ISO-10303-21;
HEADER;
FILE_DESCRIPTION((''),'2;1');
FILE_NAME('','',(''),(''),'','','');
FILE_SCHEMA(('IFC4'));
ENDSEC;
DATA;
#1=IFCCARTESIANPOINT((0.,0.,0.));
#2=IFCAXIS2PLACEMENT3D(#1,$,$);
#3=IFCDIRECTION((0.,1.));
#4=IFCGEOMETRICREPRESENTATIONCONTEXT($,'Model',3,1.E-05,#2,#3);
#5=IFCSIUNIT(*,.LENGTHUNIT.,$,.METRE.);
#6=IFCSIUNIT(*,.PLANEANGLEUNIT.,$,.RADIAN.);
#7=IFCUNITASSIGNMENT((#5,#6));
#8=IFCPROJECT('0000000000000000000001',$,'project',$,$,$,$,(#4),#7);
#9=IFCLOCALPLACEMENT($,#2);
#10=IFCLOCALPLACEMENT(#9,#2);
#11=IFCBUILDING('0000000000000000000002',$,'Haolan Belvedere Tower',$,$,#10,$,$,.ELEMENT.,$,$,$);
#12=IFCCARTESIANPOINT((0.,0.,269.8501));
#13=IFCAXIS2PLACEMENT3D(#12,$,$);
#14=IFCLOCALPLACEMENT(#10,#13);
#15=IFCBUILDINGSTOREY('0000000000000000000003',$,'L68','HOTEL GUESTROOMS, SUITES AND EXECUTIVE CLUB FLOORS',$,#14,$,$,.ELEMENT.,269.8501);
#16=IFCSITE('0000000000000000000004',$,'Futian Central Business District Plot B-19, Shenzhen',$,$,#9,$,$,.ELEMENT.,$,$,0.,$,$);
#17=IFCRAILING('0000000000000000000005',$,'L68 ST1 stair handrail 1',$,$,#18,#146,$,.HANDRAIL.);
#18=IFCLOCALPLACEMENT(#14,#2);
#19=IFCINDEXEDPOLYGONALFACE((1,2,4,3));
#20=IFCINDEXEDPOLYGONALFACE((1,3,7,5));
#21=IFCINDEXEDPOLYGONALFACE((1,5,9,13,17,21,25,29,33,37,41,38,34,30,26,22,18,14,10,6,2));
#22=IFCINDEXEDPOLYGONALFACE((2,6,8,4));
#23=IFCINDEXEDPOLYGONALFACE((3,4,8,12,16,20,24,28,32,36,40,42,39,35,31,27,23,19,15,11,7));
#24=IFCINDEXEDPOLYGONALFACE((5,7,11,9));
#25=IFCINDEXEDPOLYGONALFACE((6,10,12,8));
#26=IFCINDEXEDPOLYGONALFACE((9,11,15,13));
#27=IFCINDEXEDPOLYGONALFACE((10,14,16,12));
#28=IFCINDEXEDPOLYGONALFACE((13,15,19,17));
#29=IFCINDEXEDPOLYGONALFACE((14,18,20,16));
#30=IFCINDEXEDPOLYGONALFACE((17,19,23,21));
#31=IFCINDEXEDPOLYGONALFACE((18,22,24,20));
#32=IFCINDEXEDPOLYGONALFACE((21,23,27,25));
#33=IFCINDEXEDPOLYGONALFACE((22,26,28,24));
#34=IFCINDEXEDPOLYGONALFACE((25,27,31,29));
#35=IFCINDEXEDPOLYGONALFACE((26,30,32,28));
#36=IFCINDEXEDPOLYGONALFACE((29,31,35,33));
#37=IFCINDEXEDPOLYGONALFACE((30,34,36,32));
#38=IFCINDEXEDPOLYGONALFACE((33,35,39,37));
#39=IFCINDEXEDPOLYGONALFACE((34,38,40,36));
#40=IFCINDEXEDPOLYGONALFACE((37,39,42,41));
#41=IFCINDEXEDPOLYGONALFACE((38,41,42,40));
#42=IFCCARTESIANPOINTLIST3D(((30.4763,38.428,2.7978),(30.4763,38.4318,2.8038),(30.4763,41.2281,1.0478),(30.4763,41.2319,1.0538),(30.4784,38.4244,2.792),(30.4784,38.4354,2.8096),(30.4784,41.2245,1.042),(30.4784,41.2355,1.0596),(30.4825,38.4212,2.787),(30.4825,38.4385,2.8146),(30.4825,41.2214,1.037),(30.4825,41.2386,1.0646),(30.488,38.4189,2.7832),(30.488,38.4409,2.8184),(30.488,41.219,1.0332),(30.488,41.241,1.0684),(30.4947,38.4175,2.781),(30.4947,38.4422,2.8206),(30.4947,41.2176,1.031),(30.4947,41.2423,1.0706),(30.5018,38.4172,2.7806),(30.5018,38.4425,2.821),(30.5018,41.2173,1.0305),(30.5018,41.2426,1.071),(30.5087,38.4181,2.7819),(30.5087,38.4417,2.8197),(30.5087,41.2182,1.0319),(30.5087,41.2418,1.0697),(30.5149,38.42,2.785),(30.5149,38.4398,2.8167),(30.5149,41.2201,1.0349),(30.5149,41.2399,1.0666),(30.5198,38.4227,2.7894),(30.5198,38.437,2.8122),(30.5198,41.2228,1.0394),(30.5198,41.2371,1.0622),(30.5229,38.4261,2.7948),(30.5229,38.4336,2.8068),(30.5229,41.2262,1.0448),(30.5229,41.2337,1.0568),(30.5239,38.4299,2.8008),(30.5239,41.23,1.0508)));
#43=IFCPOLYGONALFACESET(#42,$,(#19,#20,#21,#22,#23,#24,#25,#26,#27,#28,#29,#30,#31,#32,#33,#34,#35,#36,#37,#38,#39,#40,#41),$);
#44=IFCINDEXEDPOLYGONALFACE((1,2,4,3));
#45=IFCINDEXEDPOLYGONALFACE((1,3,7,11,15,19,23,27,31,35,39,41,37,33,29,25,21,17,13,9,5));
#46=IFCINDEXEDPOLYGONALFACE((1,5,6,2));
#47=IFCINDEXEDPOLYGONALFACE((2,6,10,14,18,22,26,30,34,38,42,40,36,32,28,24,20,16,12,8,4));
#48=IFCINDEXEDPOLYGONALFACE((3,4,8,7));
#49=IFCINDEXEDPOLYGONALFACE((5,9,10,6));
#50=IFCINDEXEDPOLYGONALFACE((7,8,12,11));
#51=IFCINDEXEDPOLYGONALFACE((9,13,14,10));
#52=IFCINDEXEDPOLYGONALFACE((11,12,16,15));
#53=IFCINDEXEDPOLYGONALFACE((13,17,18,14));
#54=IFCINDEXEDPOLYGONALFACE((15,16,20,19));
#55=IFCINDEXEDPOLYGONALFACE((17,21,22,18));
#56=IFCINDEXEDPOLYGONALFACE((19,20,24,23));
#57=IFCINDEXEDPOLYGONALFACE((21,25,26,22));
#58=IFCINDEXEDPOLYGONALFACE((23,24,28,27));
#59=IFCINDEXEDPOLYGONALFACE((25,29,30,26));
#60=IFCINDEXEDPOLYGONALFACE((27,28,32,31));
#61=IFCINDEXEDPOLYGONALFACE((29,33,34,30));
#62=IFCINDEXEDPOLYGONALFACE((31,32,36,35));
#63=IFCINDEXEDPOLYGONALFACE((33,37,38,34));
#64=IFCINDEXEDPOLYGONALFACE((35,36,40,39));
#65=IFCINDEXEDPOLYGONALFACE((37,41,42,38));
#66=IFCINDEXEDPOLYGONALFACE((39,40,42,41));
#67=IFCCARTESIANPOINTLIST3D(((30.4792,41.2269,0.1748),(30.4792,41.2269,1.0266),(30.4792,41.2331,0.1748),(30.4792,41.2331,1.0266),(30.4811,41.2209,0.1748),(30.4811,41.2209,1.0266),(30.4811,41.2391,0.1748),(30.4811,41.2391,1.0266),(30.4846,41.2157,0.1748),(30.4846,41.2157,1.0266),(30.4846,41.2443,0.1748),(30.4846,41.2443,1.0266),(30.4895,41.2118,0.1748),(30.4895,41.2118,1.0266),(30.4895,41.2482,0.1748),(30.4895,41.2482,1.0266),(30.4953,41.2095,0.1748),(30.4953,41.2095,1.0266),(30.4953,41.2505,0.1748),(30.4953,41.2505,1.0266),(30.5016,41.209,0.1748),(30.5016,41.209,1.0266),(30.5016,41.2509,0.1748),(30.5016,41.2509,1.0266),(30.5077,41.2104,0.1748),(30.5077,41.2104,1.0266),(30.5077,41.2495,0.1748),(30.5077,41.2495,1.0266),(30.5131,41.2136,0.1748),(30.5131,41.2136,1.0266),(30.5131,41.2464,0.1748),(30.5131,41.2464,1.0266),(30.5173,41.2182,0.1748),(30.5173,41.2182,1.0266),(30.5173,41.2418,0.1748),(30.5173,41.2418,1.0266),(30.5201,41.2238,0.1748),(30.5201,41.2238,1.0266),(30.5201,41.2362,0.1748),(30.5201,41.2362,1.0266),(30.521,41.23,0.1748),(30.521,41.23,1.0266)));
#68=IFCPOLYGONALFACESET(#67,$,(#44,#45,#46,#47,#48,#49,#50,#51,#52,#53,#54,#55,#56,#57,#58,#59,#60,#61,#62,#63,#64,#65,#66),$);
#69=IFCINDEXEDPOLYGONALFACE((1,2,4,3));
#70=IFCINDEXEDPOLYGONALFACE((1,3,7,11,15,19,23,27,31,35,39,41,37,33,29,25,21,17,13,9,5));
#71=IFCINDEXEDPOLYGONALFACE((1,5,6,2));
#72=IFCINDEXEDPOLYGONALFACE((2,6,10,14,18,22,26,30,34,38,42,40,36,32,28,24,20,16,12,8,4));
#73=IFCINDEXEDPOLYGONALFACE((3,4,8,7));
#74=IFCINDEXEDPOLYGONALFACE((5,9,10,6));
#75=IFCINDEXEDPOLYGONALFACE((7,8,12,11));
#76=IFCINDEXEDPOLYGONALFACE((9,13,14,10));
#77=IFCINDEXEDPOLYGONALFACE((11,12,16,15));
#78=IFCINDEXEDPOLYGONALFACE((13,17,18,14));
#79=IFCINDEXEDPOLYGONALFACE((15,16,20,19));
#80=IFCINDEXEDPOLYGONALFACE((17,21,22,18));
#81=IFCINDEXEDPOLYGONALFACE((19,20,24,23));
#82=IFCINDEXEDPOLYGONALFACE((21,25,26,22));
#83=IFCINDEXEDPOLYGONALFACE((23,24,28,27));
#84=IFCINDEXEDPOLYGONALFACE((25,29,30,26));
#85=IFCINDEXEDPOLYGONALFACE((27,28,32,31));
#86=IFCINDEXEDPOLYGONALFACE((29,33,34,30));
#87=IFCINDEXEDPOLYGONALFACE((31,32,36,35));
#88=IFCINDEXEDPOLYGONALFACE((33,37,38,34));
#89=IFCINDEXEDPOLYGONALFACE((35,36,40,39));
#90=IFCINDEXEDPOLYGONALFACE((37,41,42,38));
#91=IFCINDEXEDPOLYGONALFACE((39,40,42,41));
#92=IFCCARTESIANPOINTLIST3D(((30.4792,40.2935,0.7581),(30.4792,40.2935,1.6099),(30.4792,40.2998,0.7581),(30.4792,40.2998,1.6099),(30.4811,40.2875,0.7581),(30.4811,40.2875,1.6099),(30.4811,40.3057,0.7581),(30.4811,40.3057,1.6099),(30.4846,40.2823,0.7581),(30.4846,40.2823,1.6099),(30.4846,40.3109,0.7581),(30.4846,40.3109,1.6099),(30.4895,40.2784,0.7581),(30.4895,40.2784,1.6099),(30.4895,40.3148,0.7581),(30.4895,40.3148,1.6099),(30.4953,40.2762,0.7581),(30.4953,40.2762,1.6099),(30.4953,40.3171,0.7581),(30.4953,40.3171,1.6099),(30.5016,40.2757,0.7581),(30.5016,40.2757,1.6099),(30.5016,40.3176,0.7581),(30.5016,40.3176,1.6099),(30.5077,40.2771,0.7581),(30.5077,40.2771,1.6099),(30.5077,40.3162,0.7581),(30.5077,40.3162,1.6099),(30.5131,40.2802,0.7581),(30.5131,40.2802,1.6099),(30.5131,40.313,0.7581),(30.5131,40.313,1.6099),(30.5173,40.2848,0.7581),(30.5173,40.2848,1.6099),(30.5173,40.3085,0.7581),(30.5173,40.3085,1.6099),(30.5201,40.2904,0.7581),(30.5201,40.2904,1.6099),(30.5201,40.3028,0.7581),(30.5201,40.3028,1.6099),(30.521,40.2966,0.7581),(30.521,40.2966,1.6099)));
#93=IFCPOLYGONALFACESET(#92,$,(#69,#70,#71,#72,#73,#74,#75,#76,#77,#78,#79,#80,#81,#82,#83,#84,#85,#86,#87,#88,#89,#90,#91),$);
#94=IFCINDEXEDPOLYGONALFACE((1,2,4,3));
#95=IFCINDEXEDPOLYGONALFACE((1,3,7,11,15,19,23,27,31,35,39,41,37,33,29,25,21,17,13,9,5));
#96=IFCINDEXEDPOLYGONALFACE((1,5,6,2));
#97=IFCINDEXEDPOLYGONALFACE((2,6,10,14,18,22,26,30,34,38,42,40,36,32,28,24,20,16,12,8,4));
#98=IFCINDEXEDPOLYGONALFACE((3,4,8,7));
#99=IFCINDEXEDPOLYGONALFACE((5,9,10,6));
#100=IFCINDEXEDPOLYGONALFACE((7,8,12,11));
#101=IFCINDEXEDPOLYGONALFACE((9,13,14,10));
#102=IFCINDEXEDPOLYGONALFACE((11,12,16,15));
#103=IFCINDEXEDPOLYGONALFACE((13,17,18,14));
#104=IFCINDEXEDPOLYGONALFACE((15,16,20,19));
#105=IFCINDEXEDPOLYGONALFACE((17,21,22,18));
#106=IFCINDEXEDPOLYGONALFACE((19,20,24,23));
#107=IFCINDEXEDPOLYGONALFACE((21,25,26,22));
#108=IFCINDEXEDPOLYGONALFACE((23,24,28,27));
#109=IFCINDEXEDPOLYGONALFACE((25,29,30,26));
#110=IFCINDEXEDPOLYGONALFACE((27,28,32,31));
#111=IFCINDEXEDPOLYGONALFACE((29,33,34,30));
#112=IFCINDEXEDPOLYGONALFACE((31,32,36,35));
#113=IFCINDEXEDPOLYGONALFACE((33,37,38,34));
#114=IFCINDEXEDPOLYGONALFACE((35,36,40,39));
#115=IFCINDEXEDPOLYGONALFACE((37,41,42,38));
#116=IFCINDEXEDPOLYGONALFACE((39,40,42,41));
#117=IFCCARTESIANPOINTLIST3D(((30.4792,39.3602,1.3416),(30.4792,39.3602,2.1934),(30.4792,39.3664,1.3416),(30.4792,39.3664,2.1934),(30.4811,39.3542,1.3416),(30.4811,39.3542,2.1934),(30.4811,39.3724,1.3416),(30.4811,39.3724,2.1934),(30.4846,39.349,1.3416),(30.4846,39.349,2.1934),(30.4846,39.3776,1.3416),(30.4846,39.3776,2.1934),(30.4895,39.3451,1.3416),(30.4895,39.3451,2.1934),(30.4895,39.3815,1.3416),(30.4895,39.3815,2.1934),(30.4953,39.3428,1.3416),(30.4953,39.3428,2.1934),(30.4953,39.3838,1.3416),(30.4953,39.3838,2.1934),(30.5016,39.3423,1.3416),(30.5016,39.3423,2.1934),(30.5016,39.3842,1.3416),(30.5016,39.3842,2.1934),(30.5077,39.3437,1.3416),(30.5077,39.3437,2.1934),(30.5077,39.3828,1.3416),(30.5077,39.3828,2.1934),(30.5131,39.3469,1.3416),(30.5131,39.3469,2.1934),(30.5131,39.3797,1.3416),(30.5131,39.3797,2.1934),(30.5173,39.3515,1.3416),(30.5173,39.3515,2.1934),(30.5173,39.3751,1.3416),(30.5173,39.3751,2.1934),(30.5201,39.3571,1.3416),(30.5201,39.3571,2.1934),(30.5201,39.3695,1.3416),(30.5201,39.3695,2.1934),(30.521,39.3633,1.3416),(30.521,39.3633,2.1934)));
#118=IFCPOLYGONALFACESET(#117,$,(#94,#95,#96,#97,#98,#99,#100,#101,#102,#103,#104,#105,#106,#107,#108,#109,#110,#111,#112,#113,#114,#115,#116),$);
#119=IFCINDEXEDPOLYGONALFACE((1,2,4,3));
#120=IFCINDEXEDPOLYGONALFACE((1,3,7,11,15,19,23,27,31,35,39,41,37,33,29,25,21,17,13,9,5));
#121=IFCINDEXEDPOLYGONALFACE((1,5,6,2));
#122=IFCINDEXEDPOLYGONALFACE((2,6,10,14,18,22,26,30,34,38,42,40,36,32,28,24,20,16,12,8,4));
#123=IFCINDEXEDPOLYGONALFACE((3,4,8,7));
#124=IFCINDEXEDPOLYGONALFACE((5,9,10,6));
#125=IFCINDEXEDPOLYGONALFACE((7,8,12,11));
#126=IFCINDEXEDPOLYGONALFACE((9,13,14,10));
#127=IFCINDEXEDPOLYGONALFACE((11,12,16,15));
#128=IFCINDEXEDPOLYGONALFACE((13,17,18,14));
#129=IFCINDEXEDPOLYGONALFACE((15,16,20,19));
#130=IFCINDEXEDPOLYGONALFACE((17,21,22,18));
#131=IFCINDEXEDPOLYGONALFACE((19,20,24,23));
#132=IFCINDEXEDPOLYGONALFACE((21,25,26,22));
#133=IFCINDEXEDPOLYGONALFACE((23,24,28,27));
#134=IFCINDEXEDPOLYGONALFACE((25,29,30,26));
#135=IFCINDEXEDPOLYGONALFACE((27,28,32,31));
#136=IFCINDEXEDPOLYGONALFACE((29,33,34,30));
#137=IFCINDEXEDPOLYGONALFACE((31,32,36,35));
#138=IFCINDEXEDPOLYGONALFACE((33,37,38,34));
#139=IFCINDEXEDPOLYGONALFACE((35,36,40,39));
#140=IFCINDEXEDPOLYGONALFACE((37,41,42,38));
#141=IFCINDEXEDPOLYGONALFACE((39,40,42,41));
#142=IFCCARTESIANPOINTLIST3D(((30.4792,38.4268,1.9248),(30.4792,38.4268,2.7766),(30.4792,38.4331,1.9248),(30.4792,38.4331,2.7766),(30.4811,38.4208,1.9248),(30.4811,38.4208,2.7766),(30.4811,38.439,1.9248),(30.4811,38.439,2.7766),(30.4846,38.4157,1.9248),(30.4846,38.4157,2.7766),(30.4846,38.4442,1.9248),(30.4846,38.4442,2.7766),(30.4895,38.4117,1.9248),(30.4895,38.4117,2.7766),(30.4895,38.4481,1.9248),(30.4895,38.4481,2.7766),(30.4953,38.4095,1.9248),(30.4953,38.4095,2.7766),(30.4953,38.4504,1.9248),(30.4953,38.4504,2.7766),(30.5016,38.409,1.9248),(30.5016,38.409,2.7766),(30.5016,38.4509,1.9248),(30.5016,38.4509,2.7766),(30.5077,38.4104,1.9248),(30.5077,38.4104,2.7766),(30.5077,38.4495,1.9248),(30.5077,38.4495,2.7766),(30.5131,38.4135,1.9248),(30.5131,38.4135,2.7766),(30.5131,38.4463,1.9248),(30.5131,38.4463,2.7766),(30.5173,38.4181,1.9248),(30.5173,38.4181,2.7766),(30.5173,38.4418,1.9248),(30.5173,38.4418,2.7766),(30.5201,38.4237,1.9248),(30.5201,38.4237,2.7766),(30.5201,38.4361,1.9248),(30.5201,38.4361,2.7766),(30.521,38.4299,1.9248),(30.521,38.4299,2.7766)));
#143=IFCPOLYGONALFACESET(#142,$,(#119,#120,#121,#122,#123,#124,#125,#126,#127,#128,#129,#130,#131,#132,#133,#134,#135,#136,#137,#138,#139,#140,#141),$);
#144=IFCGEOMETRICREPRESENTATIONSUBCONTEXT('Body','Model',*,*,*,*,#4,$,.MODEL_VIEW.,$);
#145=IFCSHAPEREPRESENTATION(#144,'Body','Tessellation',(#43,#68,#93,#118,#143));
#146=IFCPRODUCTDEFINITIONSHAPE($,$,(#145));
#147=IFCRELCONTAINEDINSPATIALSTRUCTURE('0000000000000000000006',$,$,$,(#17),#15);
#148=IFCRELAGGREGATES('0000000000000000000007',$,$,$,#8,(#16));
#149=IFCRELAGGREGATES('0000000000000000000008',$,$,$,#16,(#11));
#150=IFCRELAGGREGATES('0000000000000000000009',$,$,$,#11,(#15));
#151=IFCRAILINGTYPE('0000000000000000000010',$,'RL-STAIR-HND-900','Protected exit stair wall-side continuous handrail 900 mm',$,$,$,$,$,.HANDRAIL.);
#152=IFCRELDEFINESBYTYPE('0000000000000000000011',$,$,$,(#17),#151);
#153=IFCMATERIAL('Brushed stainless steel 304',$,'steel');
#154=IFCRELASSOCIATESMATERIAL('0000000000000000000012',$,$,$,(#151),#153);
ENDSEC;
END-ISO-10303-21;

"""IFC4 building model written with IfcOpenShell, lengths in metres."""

from ifc_helpers import new_model, si_unit, direction, frame, origin, origin_2d, place, context, subcontext, project, spatial, circle, extrude, material, type_object, element, save


model = new_model("IFC4")

# Units and contexts
model_context = context("Model", 3, precision=1e-05, world=origin(), true_north=direction((0.0, 1.0)))
body_context = subcontext(model_context, "Body", "Model", "MODEL_VIEW")
ifc_project = project(units=[si_unit("LENGTHUNIT", "METRE"), si_unit("PLANEANGLEUNIT", "RADIAN")], contexts=[model_context])

# Site, building, storey
site_placement = place(None, origin())
site = spatial("IfcSite", under=ifc_project, at=site_placement, Name="Futian Central Business District Plot B-19, Shenzhen", CompositionType="ELEMENT", RefElevation=0.0)
building_placement = place(site_placement, origin())
building = spatial("IfcBuilding", under=site, at=building_placement, Name="Haolan Belvedere Tower", CompositionType="ELEMENT")
storey_placement = place(building_placement, frame((0.0, 0.0, 269.8501)))
storey = spatial("IfcBuildingStorey", under=building, at=storey_placement, Name="L68", Description="HOTEL GUESTROOMS, SUITES AND EXECUTIVE CLUB FLOORS", CompositionType="ELEMENT", Elevation=269.8501)

# Railing
ifc_material_1 = material(Name="Brushed stainless steel 304", Category="steel")
railing_type_1 = type_object("IfcRailingType", Name="RL-STAIR-HND-900", Description="Protected exit stair wall-side continuous handrail 900 mm", PredefinedType="HANDRAIL", material=ifc_material_1)
railing_1_placement = place(storey_placement, frame((30.5, 41.23, 0.1748)))
element("IfcRailing", 1, at=railing_1_placement, inside=storey, type_object=railing_type_1, Name="L68 ST1 stair handrail 1", PredefinedType="HANDRAIL", context=body_context, shape_type="SweptSolid", body=[
    extrude(circle(Radius=0.0239, at=origin_2d()), frame((0.0, 0.0, 0.876), z_axis=(0.0, -0.848002, 0.529992), x_axis=(1.0, 0.0, 0.0)), (0.0, 0.0, 1.0), 3.302),
    extrude(circle(Radius=0.021, at=origin_2d()), origin(), (0.0, 0.0, 1.0), 0.8518),
    extrude(circle(Radius=0.021, at=origin_2d()), frame((0.0, -0.9333, 0.5833)), (0.0, 0.0, 1.0), 0.8518),
    extrude(circle(Radius=0.021, at=origin_2d()), frame((0.0, -1.8667, 1.1667)), (0.0, 0.0, 1.0), 0.8518),
    extrude(circle(Radius=0.021, at=origin_2d()), frame((0.0, -2.8, 1.75)), (0.0, 0.0, 1.0), 0.8518),
])

save(model, "model.ifc")
